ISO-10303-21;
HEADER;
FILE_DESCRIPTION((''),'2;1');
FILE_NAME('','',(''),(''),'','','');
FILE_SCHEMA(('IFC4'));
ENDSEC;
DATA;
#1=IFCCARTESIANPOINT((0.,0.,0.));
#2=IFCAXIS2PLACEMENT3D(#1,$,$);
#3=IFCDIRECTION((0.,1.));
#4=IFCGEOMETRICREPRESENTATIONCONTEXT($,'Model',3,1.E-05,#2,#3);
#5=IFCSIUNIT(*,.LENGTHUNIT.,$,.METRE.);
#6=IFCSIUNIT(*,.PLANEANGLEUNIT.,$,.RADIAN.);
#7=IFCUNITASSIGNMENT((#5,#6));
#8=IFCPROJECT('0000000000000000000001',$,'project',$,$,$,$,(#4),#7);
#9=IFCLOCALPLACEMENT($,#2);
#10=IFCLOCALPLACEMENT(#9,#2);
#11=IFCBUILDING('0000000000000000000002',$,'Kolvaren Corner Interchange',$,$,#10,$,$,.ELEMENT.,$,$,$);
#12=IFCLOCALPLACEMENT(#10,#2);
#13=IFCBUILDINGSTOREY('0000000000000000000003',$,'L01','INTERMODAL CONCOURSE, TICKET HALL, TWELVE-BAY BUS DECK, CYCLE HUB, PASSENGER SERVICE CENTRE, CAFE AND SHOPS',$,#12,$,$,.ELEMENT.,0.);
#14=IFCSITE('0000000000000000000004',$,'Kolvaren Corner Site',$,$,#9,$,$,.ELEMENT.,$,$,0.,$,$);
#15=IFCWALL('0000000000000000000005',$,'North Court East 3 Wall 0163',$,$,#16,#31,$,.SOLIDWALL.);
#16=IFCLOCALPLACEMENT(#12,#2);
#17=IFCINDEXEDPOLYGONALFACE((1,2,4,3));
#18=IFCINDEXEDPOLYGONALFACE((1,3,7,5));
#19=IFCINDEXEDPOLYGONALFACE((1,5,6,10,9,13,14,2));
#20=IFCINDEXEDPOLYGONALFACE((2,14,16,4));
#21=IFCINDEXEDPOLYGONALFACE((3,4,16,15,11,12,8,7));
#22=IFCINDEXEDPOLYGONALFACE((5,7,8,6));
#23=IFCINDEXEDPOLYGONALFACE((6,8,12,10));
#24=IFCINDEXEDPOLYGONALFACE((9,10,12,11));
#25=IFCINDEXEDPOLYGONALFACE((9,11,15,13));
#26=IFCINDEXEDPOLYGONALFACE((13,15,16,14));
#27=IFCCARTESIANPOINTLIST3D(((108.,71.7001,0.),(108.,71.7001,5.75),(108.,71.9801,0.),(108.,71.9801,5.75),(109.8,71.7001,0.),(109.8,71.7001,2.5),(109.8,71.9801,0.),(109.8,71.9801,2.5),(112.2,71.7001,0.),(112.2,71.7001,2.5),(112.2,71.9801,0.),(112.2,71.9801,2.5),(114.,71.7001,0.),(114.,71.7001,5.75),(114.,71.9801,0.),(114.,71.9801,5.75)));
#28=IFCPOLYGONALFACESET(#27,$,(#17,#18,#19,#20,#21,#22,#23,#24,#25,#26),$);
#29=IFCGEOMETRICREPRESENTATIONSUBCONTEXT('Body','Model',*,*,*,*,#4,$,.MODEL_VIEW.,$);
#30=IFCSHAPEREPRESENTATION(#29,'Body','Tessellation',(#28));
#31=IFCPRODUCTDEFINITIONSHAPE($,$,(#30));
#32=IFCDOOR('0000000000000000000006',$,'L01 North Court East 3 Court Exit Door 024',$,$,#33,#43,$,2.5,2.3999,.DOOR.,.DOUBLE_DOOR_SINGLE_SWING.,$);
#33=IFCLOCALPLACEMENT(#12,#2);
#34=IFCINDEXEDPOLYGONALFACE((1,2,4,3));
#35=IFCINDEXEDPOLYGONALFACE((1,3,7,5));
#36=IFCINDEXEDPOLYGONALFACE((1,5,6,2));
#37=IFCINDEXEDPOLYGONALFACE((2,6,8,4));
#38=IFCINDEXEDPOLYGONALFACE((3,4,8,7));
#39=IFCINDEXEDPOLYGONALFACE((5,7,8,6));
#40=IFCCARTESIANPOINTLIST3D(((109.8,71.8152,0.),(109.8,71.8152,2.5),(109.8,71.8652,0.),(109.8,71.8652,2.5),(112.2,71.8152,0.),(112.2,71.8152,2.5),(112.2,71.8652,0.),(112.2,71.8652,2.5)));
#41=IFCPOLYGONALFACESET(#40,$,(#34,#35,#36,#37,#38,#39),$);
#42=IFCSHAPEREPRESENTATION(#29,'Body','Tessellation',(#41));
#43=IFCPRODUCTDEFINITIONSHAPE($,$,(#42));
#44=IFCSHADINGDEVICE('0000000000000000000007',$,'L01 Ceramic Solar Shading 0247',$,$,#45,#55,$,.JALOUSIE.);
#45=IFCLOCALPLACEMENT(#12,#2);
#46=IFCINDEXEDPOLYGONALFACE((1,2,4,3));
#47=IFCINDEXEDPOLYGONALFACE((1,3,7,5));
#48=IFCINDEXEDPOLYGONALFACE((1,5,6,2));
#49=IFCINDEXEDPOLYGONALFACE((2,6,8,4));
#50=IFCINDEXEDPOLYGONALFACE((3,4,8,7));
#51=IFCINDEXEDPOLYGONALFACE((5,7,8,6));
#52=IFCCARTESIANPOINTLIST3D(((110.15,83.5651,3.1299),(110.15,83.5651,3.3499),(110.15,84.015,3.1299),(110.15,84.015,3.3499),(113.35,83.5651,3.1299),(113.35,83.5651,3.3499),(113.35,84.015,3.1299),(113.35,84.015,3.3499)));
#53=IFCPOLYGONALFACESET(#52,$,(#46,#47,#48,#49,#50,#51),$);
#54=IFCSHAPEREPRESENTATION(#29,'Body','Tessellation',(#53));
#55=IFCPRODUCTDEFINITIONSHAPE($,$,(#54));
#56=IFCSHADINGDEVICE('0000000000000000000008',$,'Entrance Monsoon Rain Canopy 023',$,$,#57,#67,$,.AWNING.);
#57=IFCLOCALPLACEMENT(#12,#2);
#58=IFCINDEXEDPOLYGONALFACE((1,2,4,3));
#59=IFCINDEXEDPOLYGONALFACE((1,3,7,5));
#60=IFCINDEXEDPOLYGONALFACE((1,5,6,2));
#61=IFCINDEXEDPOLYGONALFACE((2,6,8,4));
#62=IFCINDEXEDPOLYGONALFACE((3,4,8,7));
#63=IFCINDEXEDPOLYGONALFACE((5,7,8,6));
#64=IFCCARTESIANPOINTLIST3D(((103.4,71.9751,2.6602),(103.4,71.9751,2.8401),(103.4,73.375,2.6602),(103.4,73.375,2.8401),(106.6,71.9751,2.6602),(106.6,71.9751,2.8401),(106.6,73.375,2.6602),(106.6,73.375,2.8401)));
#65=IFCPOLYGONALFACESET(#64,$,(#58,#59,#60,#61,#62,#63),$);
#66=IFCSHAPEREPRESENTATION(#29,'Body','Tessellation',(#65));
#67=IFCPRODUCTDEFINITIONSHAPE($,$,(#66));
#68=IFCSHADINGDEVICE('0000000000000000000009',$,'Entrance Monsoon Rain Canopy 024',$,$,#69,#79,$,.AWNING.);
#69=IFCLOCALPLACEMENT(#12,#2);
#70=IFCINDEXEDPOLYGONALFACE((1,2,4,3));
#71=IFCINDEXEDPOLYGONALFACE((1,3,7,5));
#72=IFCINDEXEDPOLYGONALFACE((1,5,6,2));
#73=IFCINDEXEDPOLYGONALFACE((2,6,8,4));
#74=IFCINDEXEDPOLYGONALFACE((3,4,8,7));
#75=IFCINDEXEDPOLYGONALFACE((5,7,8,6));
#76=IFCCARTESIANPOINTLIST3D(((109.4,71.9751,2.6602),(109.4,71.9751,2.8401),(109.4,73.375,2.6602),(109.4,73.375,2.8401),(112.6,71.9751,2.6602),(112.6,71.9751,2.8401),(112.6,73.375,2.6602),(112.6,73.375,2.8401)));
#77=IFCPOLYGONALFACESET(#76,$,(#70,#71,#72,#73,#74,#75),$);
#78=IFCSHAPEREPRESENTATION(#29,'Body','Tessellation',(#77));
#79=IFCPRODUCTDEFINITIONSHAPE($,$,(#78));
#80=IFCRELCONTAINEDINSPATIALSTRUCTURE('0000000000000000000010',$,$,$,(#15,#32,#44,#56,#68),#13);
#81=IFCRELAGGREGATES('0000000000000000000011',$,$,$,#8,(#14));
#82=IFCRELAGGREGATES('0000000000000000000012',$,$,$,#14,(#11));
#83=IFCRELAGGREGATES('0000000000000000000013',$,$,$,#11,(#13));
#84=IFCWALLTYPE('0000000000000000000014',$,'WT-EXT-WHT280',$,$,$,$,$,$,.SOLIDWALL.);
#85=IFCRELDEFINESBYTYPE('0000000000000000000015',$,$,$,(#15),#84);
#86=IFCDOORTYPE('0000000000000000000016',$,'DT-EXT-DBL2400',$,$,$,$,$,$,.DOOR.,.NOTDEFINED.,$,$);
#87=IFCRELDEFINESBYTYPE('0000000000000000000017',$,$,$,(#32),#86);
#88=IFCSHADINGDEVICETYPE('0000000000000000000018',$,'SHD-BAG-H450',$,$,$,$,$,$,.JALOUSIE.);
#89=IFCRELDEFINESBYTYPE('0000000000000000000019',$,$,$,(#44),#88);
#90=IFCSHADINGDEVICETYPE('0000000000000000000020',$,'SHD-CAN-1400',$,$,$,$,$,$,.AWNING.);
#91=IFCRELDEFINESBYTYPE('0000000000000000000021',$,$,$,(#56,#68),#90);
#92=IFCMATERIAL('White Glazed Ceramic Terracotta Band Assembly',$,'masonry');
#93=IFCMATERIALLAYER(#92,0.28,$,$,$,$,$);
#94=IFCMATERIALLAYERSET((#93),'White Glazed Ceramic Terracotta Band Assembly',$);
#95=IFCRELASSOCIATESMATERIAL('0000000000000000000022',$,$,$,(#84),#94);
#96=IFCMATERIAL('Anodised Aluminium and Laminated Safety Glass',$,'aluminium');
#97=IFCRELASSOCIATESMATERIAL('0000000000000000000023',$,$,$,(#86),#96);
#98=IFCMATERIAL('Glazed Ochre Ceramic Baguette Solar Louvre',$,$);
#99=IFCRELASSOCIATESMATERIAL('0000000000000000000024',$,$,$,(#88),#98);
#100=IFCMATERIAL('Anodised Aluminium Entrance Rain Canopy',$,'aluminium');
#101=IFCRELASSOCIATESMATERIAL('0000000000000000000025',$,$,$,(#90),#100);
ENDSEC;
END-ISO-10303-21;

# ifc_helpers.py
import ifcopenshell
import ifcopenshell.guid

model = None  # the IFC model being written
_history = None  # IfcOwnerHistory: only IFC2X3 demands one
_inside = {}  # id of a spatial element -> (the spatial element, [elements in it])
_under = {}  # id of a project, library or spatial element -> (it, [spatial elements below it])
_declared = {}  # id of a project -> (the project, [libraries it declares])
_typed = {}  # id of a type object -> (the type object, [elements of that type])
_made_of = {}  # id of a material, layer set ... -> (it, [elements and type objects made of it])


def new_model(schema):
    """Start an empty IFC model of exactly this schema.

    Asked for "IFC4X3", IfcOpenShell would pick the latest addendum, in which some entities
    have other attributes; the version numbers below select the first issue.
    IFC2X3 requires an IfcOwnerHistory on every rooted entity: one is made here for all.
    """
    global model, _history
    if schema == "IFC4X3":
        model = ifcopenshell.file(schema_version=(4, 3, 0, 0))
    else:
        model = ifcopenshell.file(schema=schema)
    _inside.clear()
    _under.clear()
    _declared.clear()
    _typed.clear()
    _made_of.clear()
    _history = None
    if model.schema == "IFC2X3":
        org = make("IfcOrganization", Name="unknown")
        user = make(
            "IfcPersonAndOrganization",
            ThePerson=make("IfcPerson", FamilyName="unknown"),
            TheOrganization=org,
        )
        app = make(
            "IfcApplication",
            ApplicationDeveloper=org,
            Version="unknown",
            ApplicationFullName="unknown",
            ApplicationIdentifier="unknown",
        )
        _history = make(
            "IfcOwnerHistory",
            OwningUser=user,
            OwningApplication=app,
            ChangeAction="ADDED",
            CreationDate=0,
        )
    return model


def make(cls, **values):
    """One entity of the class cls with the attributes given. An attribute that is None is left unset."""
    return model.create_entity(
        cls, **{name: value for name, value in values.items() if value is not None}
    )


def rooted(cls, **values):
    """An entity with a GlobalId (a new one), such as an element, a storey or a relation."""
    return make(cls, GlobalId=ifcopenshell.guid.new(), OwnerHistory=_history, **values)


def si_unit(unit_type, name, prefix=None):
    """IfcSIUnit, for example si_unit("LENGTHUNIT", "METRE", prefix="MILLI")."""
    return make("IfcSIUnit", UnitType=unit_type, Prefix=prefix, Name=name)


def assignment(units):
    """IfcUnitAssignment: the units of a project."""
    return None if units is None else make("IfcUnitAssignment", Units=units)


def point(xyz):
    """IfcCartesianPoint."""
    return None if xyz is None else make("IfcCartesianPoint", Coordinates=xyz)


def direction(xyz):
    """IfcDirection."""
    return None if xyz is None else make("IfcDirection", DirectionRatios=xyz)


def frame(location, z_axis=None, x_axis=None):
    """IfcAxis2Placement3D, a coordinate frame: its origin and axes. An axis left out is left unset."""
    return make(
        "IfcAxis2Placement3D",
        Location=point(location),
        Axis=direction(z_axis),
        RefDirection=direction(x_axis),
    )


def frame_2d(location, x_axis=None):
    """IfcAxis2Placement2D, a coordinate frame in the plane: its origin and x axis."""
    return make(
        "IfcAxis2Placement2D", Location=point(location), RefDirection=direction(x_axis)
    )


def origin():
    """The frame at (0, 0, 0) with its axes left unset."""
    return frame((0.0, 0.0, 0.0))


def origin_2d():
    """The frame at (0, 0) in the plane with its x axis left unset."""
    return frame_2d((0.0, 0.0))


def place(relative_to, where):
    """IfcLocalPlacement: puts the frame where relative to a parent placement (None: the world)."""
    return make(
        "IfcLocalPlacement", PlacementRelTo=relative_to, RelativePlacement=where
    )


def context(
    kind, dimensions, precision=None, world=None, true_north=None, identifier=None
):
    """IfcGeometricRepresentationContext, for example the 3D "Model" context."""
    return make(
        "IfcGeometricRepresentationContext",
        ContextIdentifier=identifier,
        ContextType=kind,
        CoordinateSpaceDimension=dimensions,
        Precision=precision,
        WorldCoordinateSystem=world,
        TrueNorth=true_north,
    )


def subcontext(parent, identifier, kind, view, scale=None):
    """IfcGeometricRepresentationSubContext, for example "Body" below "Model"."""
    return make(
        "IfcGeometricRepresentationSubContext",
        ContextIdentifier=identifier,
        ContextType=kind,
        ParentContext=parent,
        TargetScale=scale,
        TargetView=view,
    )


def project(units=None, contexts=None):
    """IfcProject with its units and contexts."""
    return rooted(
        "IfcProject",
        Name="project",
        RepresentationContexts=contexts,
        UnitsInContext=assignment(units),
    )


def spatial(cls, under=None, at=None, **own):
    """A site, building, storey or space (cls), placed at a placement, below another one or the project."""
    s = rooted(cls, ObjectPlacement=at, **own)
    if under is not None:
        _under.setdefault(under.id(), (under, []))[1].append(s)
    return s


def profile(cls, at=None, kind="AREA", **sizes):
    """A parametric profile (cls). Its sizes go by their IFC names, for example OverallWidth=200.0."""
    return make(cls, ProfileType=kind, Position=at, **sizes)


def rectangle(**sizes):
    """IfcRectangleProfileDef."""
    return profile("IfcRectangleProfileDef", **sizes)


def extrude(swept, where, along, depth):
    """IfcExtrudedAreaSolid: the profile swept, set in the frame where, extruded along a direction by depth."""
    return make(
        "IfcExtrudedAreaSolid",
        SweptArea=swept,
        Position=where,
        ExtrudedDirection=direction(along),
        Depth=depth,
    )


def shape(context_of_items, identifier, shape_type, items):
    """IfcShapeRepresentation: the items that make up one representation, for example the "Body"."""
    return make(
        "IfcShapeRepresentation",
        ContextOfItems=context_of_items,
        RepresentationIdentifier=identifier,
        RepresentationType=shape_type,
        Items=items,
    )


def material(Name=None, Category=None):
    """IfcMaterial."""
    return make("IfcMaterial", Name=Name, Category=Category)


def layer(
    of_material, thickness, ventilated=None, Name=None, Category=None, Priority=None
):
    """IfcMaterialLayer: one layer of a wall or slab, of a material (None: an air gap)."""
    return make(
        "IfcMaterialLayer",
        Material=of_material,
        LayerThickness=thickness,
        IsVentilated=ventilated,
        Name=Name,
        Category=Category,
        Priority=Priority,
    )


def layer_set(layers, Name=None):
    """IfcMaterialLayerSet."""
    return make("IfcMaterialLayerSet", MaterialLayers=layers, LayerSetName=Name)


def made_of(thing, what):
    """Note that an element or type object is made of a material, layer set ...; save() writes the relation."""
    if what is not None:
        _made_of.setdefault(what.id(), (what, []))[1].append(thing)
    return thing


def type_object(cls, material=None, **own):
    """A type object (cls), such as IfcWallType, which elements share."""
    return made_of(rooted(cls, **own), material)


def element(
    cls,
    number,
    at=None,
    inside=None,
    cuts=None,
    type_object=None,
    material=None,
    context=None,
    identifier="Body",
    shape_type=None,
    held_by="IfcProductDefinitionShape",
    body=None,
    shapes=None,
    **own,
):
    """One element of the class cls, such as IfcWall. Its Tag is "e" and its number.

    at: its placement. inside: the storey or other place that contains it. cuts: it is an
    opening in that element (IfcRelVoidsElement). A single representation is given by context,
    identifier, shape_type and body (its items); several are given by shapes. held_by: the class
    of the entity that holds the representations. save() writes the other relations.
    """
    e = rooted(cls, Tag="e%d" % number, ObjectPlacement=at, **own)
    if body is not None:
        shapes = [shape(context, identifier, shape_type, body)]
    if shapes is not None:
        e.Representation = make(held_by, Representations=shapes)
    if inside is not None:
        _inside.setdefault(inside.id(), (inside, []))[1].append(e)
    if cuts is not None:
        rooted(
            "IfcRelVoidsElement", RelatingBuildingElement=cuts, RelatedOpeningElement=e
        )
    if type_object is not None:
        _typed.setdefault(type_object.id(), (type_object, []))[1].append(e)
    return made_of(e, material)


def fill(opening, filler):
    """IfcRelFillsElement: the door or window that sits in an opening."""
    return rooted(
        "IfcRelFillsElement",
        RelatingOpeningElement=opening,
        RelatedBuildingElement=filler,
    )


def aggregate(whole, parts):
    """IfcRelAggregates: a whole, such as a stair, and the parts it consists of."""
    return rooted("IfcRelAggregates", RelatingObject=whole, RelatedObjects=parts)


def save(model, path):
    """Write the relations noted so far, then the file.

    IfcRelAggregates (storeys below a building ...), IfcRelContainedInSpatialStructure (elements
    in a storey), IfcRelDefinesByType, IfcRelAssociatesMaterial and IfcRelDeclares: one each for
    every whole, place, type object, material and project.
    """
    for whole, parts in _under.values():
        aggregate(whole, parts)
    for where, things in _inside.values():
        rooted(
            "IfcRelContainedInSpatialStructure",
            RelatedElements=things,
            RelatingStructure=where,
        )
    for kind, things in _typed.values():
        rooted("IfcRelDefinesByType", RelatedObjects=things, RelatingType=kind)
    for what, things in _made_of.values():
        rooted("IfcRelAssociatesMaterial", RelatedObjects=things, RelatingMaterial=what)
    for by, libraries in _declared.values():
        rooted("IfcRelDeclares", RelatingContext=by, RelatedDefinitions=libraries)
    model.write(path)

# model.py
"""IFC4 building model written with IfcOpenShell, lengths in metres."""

from ifc_helpers import new_model, si_unit, direction, frame, frame_2d, origin, origin_2d, place, context, subcontext, project, spatial, rectangle, extrude, material, layer, layer_set, type_object, element, fill, save


model = new_model("IFC4")

# Units and contexts
model_context = context("Model", 3, precision=1e-05, world=origin(), true_north=direction((0.0, 1.0)))
body_context = subcontext(model_context, "Body", "Model", "MODEL_VIEW")
ifc_project = project(units=[si_unit("LENGTHUNIT", "METRE"), si_unit("PLANEANGLEUNIT", "RADIAN")], contexts=[model_context])

# Site, building, storey
site_placement = place(None, origin())
site = spatial("IfcSite", under=ifc_project, at=site_placement, Name="Kolvaren Corner Site", CompositionType="ELEMENT", RefElevation=0.0)
building_placement = place(site_placement, origin())
building = spatial("IfcBuilding", under=site, at=building_placement, Name="Kolvaren Corner Interchange", CompositionType="ELEMENT")
storey_placement = place(building_placement, origin())
storey = spatial("IfcBuildingStorey", under=building, at=storey_placement, Name="L01", Description="INTERMODAL CONCOURSE, TICKET HALL, TWELVE-BAY BUS DECK, CYCLE HUB, PASSENGER SERVICE CENTRE, CAFE AND SHOPS", CompositionType="ELEMENT", Elevation=0.0)

# Wall, opening, door
ifc_material_1 = material(Name="White Glazed Ceramic Terracotta Band Assembly", Category="masonry")
ifc_layer_1 = layer(ifc_material_1, 0.28)
ifc_layer_set_1 = layer_set([ifc_layer_1], Name="White Glazed Ceramic Terracotta Band Assembly")
wall_type_1 = type_object("IfcWallType", Name="WT-EXT-WHT280", PredefinedType="SOLIDWALL", material=ifc_layer_set_1)
ifc_material_2 = material(Name="Anodised Aluminium and Laminated Safety Glass", Category="aluminium")
door_type_1 = type_object("IfcDoorType", Name="DT-EXT-DBL2400", OperationType="NOTDEFINED", PredefinedType="DOOR", material=ifc_material_2)
wall_1_placement = place(storey_placement, frame((114.0, 71.8401, 0.0), z_axis=(0.0, 0.0, 1.0), x_axis=(-1.0, 0.0, 0.0)))
wall_1 = element("IfcWall", 1, at=wall_1_placement, inside=storey, type_object=wall_type_1, Name="North Court East 3 Wall 0163", PredefinedType="SOLIDWALL", context=body_context, shape_type="SweptSolid", body=[
    extrude(rectangle(XDim=6.0, YDim=0.28, at=frame_2d((3.0, 0.0))), origin(), (0.0, 0.0, 1.0), 5.75),
])
opening_1_placement = place(wall_1_placement, frame((1.8, 0.0, 0.0)))
opening_1 = element("IfcOpeningElement", 2, at=opening_1_placement, cuts=wall_1, PredefinedType="OPENING", context=body_context, shape_type="SweptSolid", body=[
    extrude(rectangle(XDim=2.3999, YDim=2.5, at=frame_2d((1.2, 1.25))), frame((0.0, 0.1499, 0.0), z_axis=(0.0, -1.0, 0.0), x_axis=(1.0, 0.0, 0.0)), (0.0, 0.0, 1.0), 0.3),
])
door_1_placement = place(opening_1_placement, origin())
door_1 = element("IfcDoor", 3, at=door_1_placement, inside=storey, type_object=door_type_1, Name="L01 North Court East 3 Court Exit Door 024", OperationType="DOUBLE_DOOR_SINGLE_SWING", OverallHeight=2.5, OverallWidth=2.3999, PredefinedType="DOOR", context=body_context, shape_type="SweptSolid", body=[
    extrude(rectangle(XDim=2.3999, YDim=2.5, at=frame_2d((1.2, 1.25))), frame((0.0, 0.0249, 0.0), z_axis=(0.0, -1.0, 0.0), x_axis=(1.0, 0.0, 0.0)), (0.0, 0.0, 1.0), 0.05),
])
fill(opening_1, door_1)

# Shading devices
ifc_material_3 = material(Name="Glazed Ochre Ceramic Baguette Solar Louvre")
shading_device_type_1 = type_object("IfcShadingDeviceType", Name="SHD-BAG-H450", PredefinedType="JALOUSIE", material=ifc_material_3)
shading_device_placement = place(storey_placement, frame((111.75, 83.79, 3.1299), z_axis=(0.0, 0.0, 1.0), x_axis=(1.0, 0.0, 0.0)))
element("IfcShadingDevice", 4, at=shading_device_placement, inside=storey, type_object=shading_device_type_1, Name="L01 Ceramic Solar Shading 0247", PredefinedType="JALOUSIE", context=body_context, shape_type="SweptSolid", body=[
    extrude(rectangle(XDim=3.2, YDim=0.45, at=origin_2d()), origin(), (0.0, 0.0, 1.0), 0.22),
])
ifc_material_4 = material(Name="Anodised Aluminium Entrance Rain Canopy", Category="aluminium")
shading_device_type_2 = type_object("IfcShadingDeviceType", Name="SHD-CAN-1400", PredefinedType="AWNING", material=ifc_material_4)
for number, where, z_axis, x_axis, name in (
    (5, (105.0, 72.675, 2.6602), (0.0, 0.0, 1.0), (-1.0, 0.0, 0.0), "Entrance Monsoon Rain Canopy 023"),
    (6, (111.0, 72.675, 2.6602), (0.0, 0.0, 1.0), (-1.0, 0.0, 0.0), "Entrance Monsoon Rain Canopy 024"),
):
    element("IfcShadingDevice", number, at=place(storey_placement, frame(where, z_axis=z_axis, x_axis=x_axis)), inside=storey, type_object=shading_device_type_2, Name=name, PredefinedType="AWNING", context=body_context, shape_type="SweptSolid", body=[
        extrude(rectangle(XDim=3.2, YDim=1.3999, at=origin_2d()), origin(), (0.0, 0.0, 1.0), 0.1799),
    ])

save(model, "model.ifc")
